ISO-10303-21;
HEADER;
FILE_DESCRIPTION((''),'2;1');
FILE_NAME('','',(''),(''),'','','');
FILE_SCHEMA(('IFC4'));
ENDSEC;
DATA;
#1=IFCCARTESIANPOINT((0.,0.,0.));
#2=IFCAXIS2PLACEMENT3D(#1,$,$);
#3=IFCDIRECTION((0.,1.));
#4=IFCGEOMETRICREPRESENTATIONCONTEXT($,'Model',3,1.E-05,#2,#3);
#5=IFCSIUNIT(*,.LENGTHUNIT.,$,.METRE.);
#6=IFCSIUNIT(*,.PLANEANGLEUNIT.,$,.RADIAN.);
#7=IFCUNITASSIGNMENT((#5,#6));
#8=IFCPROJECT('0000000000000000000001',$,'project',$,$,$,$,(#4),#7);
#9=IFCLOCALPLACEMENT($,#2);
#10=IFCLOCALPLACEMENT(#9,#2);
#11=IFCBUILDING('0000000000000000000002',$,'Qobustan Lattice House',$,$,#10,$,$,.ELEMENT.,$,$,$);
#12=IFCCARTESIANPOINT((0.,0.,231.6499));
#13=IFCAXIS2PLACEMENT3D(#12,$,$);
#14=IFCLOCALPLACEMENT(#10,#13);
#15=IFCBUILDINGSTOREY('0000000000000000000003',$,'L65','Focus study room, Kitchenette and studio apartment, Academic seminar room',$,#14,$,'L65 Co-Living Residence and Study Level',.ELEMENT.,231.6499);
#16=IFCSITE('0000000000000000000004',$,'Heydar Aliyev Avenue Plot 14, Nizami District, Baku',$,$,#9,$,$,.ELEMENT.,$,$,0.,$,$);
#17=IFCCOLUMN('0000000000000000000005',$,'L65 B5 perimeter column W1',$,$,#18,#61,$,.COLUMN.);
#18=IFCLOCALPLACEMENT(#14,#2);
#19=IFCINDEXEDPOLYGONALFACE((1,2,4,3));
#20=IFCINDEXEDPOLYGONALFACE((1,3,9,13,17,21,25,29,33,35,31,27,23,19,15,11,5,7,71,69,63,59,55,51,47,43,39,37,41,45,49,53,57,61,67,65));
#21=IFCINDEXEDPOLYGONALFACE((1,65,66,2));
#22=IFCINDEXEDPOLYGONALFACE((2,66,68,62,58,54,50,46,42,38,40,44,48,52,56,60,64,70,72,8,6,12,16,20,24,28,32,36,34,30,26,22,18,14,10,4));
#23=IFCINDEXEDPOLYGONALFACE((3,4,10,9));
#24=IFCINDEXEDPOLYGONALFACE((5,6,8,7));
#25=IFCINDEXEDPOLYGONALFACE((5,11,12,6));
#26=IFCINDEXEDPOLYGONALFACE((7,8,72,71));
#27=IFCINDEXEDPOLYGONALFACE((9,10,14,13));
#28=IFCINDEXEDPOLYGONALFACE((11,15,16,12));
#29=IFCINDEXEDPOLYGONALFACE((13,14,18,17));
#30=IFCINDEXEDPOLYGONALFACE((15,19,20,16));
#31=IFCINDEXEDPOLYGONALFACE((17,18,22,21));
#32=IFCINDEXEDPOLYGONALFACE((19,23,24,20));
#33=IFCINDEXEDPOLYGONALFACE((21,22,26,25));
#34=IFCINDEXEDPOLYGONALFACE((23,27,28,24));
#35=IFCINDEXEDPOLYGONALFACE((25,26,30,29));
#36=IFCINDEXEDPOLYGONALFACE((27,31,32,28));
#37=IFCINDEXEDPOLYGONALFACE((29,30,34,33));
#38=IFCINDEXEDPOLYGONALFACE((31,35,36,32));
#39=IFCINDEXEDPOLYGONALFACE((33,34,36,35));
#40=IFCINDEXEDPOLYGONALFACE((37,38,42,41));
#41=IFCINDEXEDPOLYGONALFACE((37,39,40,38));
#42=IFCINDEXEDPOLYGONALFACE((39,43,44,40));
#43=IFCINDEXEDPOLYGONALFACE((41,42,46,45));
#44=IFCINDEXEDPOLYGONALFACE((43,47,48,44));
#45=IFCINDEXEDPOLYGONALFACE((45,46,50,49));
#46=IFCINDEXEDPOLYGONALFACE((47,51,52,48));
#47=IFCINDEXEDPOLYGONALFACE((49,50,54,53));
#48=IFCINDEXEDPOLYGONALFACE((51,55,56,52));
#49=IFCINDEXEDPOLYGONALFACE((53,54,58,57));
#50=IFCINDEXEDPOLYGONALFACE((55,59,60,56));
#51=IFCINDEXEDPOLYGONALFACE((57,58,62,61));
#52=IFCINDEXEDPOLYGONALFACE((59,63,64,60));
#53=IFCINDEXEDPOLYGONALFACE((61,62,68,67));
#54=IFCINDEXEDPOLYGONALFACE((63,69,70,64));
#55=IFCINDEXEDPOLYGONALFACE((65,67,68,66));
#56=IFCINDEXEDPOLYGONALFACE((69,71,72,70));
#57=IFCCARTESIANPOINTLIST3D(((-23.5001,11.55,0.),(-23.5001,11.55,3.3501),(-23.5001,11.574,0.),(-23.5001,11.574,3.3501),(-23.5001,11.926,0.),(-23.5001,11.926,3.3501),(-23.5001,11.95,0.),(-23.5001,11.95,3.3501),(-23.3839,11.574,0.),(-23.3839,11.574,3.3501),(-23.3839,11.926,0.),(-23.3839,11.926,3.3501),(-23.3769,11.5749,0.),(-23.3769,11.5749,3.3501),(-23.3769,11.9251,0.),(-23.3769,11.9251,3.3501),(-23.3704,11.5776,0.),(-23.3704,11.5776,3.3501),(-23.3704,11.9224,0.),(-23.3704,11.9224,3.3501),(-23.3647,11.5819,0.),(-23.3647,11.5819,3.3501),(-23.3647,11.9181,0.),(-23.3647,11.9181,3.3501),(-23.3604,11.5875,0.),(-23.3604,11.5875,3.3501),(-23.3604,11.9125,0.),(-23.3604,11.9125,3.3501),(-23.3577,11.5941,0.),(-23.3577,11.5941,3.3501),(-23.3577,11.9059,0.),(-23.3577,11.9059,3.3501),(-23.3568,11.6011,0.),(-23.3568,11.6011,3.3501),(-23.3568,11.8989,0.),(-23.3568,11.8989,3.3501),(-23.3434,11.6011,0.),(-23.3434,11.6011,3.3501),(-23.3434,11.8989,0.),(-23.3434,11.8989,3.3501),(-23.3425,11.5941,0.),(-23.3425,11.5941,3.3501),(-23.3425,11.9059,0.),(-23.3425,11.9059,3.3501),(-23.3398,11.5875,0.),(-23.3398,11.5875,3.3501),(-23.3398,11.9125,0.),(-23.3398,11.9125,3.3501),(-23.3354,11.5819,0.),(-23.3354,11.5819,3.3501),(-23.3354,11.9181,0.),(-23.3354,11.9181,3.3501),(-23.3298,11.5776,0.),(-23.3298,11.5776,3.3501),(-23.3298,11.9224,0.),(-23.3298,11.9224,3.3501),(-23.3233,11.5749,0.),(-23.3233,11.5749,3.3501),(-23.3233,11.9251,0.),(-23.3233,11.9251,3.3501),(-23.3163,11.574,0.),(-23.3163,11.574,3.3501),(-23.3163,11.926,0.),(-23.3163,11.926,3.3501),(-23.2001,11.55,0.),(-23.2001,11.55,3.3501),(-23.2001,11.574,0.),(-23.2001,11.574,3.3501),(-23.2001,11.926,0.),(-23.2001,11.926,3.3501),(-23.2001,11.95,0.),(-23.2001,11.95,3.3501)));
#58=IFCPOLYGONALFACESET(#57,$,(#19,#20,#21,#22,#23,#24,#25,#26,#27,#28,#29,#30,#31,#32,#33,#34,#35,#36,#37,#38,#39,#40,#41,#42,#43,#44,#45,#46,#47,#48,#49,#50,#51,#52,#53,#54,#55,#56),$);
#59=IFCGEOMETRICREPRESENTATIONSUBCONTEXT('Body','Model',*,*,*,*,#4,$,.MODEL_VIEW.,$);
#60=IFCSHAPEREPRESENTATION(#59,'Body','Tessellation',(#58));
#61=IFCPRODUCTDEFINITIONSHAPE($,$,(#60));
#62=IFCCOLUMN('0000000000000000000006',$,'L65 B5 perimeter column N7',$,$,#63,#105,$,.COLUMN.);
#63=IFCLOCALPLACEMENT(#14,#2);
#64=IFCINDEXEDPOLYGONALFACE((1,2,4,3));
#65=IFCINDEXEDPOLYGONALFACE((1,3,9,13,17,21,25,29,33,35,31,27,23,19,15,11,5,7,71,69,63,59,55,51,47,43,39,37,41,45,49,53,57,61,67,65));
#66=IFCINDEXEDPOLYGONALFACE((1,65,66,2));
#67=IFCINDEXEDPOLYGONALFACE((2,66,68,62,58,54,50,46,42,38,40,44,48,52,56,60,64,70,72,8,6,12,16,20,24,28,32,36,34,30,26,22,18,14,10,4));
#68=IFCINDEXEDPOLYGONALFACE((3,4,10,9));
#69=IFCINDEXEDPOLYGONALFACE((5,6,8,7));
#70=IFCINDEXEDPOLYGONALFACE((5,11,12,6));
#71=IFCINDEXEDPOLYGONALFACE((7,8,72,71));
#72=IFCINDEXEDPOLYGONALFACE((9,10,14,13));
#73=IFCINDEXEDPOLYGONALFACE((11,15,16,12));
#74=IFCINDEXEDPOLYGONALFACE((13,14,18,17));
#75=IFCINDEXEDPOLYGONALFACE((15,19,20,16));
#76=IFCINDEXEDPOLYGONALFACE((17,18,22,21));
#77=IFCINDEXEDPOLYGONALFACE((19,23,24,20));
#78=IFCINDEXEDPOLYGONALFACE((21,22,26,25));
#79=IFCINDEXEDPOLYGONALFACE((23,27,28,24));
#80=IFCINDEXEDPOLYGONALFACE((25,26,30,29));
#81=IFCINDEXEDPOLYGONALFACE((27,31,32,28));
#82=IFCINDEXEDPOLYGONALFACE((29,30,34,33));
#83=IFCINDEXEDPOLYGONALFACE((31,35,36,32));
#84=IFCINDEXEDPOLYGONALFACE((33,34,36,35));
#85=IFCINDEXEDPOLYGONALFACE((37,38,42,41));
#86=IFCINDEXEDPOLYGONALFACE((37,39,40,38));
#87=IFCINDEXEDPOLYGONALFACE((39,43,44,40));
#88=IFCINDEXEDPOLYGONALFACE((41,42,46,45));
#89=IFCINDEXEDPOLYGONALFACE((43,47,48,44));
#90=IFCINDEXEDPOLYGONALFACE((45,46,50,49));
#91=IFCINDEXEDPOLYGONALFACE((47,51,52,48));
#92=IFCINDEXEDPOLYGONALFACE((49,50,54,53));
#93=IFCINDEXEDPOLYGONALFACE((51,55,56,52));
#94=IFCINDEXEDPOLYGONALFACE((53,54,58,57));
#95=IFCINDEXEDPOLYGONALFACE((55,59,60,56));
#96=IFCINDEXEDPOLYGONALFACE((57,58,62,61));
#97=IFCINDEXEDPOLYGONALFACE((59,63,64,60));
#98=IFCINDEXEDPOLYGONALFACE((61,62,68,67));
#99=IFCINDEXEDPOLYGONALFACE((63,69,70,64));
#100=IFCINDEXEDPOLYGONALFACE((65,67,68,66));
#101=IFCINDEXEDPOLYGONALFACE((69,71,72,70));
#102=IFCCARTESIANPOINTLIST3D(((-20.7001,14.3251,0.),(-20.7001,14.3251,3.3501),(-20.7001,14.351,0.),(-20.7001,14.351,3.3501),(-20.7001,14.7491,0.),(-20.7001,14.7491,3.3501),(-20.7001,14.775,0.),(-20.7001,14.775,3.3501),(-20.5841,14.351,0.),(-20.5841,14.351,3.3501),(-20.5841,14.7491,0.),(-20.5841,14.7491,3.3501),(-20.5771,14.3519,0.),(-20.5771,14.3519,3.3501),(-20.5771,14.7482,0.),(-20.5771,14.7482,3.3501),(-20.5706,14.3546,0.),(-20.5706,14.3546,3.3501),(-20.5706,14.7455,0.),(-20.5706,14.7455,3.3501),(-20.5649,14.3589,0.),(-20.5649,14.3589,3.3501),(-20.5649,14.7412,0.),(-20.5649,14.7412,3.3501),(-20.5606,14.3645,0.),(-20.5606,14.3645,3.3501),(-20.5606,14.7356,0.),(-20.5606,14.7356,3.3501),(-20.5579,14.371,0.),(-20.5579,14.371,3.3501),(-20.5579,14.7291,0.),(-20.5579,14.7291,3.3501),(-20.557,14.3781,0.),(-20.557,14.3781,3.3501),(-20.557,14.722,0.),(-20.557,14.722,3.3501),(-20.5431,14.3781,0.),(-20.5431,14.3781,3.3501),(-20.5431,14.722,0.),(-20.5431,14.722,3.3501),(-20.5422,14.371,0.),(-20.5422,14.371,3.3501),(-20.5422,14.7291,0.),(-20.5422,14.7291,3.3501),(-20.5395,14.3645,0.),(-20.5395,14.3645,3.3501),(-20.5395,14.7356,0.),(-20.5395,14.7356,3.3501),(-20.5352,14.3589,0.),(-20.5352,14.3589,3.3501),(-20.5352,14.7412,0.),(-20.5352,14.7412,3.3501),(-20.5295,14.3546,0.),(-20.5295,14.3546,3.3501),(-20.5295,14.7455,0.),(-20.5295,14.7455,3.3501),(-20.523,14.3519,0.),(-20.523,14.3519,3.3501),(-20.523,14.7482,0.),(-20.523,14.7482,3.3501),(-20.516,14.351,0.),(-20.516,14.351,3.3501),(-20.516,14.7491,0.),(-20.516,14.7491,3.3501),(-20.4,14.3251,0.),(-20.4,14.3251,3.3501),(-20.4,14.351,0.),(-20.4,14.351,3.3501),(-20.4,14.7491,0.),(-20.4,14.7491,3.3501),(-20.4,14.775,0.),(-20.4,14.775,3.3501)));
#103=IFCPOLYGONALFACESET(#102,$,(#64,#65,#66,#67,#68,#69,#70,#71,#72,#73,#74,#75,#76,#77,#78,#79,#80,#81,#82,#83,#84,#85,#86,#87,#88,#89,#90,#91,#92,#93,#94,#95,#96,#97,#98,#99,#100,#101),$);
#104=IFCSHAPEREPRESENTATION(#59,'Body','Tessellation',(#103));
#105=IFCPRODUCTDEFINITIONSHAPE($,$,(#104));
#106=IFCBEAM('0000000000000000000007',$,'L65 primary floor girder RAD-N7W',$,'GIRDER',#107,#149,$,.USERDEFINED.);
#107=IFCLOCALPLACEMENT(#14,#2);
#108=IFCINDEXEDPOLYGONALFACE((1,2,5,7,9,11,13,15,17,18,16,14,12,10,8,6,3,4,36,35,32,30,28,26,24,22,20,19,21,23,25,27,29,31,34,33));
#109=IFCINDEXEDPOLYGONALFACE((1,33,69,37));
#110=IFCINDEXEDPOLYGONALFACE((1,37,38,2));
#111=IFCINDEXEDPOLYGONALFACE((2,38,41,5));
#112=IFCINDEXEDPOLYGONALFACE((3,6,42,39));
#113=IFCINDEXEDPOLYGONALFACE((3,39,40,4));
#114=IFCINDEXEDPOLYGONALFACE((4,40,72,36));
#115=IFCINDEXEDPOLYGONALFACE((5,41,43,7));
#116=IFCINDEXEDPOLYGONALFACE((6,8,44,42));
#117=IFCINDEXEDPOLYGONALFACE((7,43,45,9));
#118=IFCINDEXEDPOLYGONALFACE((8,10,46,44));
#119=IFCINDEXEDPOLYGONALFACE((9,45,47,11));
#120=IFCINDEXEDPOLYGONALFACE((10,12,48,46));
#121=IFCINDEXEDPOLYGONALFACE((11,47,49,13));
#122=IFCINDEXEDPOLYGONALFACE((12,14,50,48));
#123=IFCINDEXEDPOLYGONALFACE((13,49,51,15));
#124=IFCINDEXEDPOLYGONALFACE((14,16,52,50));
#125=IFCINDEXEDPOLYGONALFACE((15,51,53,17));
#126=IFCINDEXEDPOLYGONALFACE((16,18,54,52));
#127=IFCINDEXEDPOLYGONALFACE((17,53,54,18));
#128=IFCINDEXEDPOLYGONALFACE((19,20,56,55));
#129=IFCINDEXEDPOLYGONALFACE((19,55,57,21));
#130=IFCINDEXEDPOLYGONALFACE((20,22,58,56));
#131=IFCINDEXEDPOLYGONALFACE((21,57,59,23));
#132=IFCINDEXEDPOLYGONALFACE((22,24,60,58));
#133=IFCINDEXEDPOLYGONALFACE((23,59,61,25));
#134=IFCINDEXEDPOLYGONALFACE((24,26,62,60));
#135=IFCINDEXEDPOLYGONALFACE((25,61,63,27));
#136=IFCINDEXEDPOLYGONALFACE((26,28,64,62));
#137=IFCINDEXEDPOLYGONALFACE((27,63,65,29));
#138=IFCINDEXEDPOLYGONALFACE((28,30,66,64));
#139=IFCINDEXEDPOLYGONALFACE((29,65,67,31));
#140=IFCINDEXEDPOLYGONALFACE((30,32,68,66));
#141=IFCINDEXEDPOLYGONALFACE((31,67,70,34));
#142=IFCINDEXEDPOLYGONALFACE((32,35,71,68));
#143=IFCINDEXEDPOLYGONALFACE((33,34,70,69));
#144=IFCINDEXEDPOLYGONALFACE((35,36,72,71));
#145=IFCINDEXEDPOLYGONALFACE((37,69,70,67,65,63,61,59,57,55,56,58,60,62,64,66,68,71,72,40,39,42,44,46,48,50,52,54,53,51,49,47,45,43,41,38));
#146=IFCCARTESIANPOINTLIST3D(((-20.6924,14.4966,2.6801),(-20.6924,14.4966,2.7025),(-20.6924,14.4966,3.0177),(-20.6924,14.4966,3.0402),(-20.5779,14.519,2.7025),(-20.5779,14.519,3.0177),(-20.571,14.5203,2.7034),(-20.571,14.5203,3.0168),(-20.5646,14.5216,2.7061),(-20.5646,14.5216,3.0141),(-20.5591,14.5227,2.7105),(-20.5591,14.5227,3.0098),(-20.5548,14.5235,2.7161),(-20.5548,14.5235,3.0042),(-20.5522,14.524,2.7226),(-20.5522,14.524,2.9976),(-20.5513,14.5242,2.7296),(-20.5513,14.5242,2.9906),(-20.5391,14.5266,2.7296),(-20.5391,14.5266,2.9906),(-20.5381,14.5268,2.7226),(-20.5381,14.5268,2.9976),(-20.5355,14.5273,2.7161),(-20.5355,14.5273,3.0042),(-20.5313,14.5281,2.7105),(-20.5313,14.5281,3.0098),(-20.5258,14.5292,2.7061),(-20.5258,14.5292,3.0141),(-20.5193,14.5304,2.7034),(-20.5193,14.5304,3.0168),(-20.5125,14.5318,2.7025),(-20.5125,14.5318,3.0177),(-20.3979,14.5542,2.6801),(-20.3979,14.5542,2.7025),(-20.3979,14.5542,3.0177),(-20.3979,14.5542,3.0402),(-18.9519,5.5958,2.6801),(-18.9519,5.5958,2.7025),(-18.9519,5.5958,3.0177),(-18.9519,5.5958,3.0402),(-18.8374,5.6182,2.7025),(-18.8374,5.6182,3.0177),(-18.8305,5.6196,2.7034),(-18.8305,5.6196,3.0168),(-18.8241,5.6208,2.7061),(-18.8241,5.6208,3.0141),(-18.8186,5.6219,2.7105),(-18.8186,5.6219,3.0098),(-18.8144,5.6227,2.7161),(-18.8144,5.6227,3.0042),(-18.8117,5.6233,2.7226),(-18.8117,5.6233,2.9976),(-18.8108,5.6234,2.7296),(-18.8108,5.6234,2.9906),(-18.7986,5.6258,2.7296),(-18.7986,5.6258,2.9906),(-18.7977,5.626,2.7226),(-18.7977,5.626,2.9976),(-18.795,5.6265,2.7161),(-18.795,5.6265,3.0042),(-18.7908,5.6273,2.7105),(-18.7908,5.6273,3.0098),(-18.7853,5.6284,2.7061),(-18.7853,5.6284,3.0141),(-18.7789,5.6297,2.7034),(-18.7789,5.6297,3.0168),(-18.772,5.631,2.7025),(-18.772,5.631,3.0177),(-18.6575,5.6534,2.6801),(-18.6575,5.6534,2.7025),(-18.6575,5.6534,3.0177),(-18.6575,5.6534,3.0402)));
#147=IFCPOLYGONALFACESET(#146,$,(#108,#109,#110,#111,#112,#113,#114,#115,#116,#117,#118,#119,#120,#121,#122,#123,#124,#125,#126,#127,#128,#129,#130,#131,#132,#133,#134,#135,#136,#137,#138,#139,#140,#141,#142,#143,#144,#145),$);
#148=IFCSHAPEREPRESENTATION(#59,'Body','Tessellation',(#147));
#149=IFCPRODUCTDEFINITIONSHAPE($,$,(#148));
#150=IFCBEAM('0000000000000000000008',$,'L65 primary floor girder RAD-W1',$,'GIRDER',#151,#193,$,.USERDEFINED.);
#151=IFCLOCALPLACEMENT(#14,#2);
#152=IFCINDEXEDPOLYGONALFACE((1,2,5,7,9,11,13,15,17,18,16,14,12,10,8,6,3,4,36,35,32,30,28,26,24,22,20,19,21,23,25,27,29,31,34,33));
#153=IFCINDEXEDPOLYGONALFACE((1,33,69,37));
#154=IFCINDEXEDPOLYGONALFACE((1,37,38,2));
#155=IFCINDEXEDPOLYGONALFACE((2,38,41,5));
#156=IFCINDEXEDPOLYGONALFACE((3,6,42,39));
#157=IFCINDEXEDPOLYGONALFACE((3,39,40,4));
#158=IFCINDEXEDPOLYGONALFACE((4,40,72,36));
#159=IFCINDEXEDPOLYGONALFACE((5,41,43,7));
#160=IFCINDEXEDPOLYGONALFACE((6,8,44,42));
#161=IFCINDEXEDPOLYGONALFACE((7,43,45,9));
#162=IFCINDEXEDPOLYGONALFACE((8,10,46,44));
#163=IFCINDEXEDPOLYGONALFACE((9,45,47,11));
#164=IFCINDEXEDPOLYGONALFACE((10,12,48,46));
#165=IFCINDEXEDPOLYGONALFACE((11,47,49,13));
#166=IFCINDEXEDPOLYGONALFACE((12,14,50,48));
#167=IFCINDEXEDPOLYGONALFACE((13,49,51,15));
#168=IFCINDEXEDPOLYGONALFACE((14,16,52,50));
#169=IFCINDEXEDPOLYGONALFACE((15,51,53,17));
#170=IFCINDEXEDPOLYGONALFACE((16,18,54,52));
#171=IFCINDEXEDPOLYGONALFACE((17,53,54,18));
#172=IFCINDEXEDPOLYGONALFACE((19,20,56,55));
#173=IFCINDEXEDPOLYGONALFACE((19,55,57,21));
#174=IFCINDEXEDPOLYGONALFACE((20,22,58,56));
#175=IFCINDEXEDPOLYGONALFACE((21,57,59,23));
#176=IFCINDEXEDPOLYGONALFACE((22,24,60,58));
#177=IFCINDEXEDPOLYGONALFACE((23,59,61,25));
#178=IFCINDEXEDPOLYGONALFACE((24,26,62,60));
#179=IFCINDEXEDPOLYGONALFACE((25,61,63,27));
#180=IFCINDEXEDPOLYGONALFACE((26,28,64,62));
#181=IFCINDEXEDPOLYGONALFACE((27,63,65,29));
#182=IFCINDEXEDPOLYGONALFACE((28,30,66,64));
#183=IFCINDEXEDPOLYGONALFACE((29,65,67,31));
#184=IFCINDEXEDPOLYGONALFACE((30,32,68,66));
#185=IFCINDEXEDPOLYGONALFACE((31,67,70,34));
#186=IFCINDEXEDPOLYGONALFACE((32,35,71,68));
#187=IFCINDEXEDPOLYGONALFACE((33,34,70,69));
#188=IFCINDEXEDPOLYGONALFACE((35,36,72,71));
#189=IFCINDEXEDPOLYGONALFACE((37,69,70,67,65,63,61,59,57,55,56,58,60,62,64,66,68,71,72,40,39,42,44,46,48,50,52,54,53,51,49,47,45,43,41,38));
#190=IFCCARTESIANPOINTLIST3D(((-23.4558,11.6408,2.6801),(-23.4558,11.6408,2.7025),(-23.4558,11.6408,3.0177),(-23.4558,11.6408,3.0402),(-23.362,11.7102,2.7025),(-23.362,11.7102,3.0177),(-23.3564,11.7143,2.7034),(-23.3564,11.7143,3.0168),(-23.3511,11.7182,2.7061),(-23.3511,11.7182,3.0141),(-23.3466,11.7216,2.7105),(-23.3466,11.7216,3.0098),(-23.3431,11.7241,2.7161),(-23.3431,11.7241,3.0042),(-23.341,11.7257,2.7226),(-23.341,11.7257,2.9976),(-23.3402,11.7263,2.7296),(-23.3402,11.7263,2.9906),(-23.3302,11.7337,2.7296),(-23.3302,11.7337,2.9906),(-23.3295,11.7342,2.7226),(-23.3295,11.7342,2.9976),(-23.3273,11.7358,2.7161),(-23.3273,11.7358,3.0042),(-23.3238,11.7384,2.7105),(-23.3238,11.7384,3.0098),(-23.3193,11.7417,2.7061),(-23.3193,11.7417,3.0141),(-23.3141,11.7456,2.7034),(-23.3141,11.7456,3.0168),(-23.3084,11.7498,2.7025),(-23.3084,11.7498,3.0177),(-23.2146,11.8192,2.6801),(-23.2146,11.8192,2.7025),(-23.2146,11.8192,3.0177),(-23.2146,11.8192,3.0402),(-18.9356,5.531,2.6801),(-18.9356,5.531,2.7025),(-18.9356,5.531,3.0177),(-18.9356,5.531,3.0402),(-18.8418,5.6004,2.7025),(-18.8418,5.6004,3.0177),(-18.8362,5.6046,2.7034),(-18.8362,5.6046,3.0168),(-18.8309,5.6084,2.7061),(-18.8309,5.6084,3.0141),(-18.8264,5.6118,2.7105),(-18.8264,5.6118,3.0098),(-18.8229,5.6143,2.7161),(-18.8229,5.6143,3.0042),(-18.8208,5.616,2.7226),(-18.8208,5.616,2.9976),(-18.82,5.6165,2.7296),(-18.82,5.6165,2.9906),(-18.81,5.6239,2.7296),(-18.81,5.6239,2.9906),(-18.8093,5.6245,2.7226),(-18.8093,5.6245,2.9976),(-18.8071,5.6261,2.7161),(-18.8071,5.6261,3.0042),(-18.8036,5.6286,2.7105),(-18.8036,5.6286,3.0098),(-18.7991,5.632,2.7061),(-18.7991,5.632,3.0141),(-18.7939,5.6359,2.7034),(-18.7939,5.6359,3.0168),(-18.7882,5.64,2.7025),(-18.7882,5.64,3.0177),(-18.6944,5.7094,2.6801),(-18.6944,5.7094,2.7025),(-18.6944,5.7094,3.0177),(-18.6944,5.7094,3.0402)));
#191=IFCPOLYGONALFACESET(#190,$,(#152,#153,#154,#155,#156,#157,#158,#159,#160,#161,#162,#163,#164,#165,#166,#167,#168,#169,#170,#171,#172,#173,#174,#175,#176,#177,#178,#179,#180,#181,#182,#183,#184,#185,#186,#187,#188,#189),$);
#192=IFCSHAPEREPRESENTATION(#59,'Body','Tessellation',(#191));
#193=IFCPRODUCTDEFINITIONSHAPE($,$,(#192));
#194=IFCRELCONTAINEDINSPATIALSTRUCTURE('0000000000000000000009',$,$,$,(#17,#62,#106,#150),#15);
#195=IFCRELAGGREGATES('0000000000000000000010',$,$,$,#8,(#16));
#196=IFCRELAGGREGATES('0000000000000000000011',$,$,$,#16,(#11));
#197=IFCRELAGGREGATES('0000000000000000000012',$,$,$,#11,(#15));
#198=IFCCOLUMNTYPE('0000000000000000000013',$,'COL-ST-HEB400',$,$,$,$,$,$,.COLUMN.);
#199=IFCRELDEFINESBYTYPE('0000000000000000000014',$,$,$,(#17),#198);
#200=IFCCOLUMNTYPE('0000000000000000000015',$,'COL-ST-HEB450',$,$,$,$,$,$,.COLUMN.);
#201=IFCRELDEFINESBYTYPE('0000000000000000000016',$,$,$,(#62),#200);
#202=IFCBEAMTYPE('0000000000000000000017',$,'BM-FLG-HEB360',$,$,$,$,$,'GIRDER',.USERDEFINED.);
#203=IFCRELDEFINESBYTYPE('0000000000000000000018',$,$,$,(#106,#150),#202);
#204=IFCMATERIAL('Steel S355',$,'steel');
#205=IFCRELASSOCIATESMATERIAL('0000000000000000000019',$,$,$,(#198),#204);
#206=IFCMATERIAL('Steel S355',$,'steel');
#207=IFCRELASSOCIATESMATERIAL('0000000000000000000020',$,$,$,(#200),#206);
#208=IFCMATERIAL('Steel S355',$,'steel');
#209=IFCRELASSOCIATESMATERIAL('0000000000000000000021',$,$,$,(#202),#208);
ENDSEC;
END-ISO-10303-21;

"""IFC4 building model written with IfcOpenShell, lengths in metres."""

from ifc_helpers import new_model, si_unit, direction, frame, origin, origin_2d, place, context, subcontext, project, spatial, i_section, extrude, material, material_profile, profile_set, type_object, element, save


model = new_model("IFC4")

# Units and contexts
model_context = context("Model", 3, precision=1e-05, world=origin(), true_north=direction((0.0, 1.0)))
body_context = subcontext(model_context, "Body", "Model", "MODEL_VIEW")
ifc_project = project(units=[si_unit("LENGTHUNIT", "METRE"), si_unit("PLANEANGLEUNIT", "RADIAN")], contexts=[model_context])

# Site, building, storey
site_placement = place(None, origin())
site = spatial("IfcSite", under=ifc_project, at=site_placement, Name="Heydar Aliyev Avenue Plot 14, Nizami District, Baku", CompositionType="ELEMENT", RefElevation=0.0)
building_placement = place(site_placement, origin())
building = spatial("IfcBuilding", under=site, at=building_placement, Name="Qobustan Lattice House", CompositionType="ELEMENT")
storey_placement = place(building_placement, frame((0.0, 0.0, 231.6499)))
storey = spatial("IfcBuildingStorey", under=building, at=storey_placement, Name="L65", Description="Focus study room, Kitchenette and studio apartment, Academic seminar room", LongName="L65 Co-Living Residence and Study Level", CompositionType="ELEMENT", Elevation=231.6499)

# Columns
ifc_material_1 = material(Name="Steel S355", Category="steel")
ifc_material_profile_1 = material_profile(ifc_material_1, i_section(OverallWidth=0.3, OverallDepth=0.3999, WebThickness=0.0134, FlangeThickness=0.0239, FilletRadius=0.0271, at=origin_2d()), Name="HEB400")
ifc_profile_set_1 = profile_set([ifc_material_profile_1], Name="Steel S355")
column_type_1 = type_object("IfcColumnType", Name="COL-ST-HEB400", PredefinedType="COLUMN", material=ifc_profile_set_1)
column_1_placement = place(storey_placement, frame((-23.3501, 11.75, 0.0), z_axis=(0.0, 0.0, 1.0), x_axis=(1.0, 0.0, 0.0)))
element("IfcColumn", 1, at=column_1_placement, inside=storey, type_object=column_type_1, Name="L65 B5 perimeter column W1", PredefinedType="COLUMN", context=body_context, shape_type="SweptSolid", body=[
    extrude(i_section(OverallWidth=0.3, OverallDepth=0.3999, WebThickness=0.0134, FlangeThickness=0.0239, FilletRadius=0.0271, at=origin_2d()), origin(), (0.0, 0.0, 1.0), 3.3501),
])
ifc_material_2 = material(Name="Steel S355", Category="steel")
ifc_material_profile_2 = material_profile(ifc_material_2, i_section(OverallWidth=0.3, OverallDepth=0.45, WebThickness=0.0139, FlangeThickness=0.0259, FilletRadius=0.0271, at=origin_2d()), Name="HEB450")
ifc_profile_set_2 = profile_set([ifc_material_profile_2], Name="Steel S355")
column_type_2 = type_object("IfcColumnType", Name="COL-ST-HEB450", PredefinedType="COLUMN", material=ifc_profile_set_2)
column_2_placement = place(storey_placement, frame((-20.55, 14.55, 0.0), z_axis=(0.0, 0.0, 1.0), x_axis=(1.0, 0.0, 0.0)))
element("IfcColumn", 2, at=column_2_placement, inside=storey, type_object=column_type_2, Name="L65 B5 perimeter column N7", PredefinedType="COLUMN", context=body_context, shape_type="SweptSolid", body=[
    extrude(i_section(OverallWidth=0.3, OverallDepth=0.45, WebThickness=0.0139, FlangeThickness=0.0259, FilletRadius=0.0271, at=origin_2d()), origin(), (0.0, 0.0, 1.0), 3.3501),
])

# Beams
ifc_material_3 = material(Name="Steel S355", Category="steel")
ifc_material_profile_3 = material_profile(ifc_material_3, i_section(OverallWidth=0.3, OverallDepth=0.3601, WebThickness=0.0125, FlangeThickness=0.0225, FilletRadius=0.0271, at=origin_2d()), Name="HEB360")
ifc_profile_set_3 = profile_set([ifc_material_profile_3], Name="Steel S355")
beam_type_1 = type_object("IfcBeamType", Name="BM-FLG-HEB360", ElementType="GIRDER", PredefinedType="USERDEFINED", material=ifc_profile_set_3)
beam_1_placement = place(storey_placement, frame((-20.5452, 14.5254, 2.8601), z_axis=(0.191906, -0.981413, 0.0), x_axis=(0.981413, 0.191906, 0.0)))
element("IfcBeam", 3, at=beam_1_placement, inside=storey, type_object=beam_type_1, Name="L65 primary floor girder RAD-N7W", ObjectType="GIRDER", PredefinedType="USERDEFINED", context=body_context, shape_type="SweptSolid", body=[
    extrude(i_section(OverallWidth=0.3, OverallDepth=0.3601, WebThickness=0.0125, FlangeThickness=0.0225, FilletRadius=0.0271, at=origin_2d()), origin(), (0.0, 0.0, 1.0), 9.0693),
])
beam_2_placement = place(storey_placement, frame((-23.3352, 11.73, 2.8601), z_axis=(0.594755, -0.803907, 0.0), x_axis=(0.803907, 0.594755, 0.0)))
element("IfcBeam", 4, at=beam_2_placement, inside=storey, type_object=beam_type_1, Name="L65 primary floor girder RAD-W1", ObjectType="GIRDER", PredefinedType="USERDEFINED", context=body_context, shape_type="SweptSolid", body=[
    extrude(i_section(OverallWidth=0.3, OverallDepth=0.3601, WebThickness=0.0125, FlangeThickness=0.0225, FilletRadius=0.0271, at=origin_2d()), origin(), (0.0, 0.0, 1.0), 7.6001),
])

save(model, "model.ifc")
